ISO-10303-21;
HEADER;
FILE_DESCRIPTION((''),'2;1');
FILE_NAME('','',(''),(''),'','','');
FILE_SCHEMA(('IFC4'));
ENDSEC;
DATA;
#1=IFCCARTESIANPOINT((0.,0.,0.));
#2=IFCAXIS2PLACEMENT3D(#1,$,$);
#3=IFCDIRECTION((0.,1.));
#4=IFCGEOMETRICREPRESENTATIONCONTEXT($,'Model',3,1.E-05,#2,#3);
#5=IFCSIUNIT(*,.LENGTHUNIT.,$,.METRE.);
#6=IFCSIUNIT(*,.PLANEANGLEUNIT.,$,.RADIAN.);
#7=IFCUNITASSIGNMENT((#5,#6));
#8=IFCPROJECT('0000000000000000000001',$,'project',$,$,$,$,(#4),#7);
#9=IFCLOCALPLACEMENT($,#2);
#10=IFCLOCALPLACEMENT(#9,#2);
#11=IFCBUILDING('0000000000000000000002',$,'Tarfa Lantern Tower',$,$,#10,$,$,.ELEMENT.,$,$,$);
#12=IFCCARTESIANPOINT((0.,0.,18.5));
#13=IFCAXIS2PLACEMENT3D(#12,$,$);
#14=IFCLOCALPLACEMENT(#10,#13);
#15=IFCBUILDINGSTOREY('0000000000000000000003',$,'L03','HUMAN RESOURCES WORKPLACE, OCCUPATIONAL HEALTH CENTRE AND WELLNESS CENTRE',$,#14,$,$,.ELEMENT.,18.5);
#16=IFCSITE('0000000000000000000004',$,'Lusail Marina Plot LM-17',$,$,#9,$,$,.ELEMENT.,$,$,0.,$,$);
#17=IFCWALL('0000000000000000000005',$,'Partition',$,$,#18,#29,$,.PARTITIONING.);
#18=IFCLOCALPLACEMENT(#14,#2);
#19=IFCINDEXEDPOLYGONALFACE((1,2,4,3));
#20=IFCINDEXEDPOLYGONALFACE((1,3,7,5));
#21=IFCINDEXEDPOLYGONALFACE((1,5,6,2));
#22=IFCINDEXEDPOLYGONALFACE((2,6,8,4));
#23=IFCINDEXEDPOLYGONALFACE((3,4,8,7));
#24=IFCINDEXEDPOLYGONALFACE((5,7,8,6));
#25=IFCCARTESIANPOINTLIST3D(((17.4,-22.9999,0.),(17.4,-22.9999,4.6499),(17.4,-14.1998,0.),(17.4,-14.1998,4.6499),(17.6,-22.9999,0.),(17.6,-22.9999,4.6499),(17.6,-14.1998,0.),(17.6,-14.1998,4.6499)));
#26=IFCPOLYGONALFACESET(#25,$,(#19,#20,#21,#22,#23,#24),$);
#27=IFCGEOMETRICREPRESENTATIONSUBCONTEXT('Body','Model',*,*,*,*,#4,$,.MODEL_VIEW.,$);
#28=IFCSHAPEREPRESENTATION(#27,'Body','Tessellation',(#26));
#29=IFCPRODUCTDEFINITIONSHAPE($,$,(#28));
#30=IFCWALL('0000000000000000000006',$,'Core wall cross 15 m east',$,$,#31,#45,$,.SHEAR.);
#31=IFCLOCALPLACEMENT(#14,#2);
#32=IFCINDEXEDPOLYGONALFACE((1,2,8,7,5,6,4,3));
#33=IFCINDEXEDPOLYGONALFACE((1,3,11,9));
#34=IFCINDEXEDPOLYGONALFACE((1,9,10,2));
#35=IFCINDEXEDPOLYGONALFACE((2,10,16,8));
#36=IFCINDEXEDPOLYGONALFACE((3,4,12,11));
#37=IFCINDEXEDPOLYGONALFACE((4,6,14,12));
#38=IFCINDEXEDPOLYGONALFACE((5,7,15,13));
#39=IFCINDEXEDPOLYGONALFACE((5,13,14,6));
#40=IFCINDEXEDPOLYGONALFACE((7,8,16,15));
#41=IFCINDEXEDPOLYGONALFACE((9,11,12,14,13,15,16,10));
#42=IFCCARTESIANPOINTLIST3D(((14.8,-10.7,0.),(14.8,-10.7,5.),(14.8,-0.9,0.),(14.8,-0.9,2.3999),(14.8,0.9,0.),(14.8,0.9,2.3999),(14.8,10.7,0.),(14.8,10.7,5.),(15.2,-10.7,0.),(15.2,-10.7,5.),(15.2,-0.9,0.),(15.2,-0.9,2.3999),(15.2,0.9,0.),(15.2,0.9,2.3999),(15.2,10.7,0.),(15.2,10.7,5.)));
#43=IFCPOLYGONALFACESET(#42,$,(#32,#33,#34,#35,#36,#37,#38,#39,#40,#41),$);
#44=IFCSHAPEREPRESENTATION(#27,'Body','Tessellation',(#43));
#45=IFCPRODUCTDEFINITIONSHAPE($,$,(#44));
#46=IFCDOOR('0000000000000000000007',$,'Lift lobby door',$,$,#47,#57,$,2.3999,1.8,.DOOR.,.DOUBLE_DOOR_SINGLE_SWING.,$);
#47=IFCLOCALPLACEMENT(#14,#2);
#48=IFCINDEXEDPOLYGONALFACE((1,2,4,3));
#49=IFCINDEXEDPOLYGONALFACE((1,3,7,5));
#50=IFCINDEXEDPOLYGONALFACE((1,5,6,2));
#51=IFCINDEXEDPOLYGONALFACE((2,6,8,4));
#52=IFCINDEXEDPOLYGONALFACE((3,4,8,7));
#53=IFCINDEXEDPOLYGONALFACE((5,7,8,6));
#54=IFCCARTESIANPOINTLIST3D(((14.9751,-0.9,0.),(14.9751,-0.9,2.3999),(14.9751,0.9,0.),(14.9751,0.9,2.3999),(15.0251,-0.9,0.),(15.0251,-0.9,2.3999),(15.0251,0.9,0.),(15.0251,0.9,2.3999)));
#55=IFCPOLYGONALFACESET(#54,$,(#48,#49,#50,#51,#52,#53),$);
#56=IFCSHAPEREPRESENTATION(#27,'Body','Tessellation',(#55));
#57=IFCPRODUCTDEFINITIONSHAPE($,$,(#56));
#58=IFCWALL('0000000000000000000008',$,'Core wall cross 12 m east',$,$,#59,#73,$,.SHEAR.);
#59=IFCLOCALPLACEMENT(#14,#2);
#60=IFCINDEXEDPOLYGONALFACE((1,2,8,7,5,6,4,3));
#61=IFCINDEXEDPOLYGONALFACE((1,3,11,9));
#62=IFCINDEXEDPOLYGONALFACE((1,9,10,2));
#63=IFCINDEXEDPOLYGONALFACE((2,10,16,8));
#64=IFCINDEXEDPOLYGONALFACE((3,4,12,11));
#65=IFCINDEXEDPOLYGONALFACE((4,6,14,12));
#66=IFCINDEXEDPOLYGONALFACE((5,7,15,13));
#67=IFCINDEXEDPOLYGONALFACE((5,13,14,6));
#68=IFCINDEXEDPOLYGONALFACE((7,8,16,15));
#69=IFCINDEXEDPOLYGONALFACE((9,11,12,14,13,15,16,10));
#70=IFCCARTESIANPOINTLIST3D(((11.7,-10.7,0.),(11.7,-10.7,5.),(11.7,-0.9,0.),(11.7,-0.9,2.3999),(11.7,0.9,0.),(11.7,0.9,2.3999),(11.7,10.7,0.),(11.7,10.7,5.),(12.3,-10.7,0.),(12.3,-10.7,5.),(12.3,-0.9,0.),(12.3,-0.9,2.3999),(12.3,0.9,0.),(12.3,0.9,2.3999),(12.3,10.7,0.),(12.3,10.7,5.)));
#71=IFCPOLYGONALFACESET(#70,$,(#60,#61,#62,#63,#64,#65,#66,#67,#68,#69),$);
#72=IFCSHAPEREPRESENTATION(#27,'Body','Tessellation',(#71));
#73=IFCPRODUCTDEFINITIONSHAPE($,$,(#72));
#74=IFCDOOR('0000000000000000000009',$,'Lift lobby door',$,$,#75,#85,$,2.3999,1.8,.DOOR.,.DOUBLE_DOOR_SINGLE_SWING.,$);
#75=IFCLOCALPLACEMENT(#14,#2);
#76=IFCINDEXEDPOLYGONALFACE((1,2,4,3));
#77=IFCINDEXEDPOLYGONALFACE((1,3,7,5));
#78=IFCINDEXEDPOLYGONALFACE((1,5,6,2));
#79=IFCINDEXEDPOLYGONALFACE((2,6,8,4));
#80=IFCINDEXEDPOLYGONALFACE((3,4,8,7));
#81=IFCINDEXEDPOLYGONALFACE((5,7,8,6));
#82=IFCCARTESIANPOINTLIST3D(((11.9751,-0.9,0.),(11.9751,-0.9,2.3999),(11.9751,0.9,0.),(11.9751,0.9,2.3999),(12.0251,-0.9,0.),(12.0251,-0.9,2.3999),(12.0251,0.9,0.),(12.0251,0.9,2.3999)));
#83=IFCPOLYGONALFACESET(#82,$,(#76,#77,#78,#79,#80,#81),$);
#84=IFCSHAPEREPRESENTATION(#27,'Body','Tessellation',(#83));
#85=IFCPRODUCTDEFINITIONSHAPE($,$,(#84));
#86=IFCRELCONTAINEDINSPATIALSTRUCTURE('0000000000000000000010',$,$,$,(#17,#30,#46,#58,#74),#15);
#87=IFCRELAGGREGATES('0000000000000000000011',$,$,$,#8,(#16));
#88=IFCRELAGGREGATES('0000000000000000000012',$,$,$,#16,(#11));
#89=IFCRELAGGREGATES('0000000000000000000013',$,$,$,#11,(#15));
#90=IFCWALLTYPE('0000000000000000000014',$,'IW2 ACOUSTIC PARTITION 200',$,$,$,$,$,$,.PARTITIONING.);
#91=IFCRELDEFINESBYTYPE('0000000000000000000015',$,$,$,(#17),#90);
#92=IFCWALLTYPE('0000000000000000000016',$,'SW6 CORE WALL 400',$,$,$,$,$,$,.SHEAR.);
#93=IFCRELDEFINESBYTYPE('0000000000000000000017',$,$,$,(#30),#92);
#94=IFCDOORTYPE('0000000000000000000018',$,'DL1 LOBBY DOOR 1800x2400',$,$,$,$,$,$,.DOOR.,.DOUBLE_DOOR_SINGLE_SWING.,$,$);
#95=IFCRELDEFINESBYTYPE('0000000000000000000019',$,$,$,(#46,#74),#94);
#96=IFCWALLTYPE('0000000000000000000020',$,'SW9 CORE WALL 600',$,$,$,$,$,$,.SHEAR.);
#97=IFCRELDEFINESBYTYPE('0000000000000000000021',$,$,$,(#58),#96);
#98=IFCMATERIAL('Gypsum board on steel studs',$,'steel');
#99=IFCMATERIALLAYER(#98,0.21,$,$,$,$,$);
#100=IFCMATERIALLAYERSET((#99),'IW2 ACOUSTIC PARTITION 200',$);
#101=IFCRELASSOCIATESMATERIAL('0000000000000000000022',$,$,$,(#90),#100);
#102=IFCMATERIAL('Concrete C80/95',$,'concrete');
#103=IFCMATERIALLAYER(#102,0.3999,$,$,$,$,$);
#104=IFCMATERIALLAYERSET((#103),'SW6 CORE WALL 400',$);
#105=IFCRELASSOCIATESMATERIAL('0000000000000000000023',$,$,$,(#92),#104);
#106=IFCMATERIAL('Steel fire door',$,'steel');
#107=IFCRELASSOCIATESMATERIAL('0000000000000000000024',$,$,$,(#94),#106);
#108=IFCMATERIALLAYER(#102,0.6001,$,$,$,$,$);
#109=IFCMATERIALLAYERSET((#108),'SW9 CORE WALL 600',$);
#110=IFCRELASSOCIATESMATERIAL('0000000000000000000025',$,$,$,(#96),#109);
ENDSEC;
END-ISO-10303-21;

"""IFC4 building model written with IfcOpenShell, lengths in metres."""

from ifc_helpers import new_model, si_unit, direction, frame, frame_2d, origin, place, context, subcontext, project, spatial, rectangle, extrude, material, layer, layer_set, type_object, element, fill, save


model = new_model("IFC4")

# Units and contexts
model_context = context("Model", 3, precision=1e-05, world=origin(), true_north=direction((0.0, 1.0)))
body_context = subcontext(model_context, "Body", "Model", "MODEL_VIEW")
ifc_project = project(units=[si_unit("LENGTHUNIT", "METRE"), si_unit("PLANEANGLEUNIT", "RADIAN")], contexts=[model_context])

# Site, building, storey
site_placement = place(None, origin())
site = spatial("IfcSite", under=ifc_project, at=site_placement, Name="Lusail Marina Plot LM-17", CompositionType="ELEMENT", RefElevation=0.0)
building_placement = place(site_placement, origin())
building = spatial("IfcBuilding", under=site, at=building_placement, Name="Tarfa Lantern Tower", CompositionType="ELEMENT")
storey_placement = place(building_placement, frame((0.0, 0.0, 18.5)))
storey = spatial("IfcBuildingStorey", under=building, at=storey_placement, Name="L03", Description="HUMAN RESOURCES WORKPLACE, OCCUPATIONAL HEALTH CENTRE AND WELLNESS CENTRE", CompositionType="ELEMENT", Elevation=18.5)

# Wall
ifc_material_1 = material(Name="Gypsum board on steel studs", Category="steel")
ifc_layer_1 = layer(ifc_material_1, 0.21)
ifc_layer_set_1 = layer_set([ifc_layer_1], Name="IW2 ACOUSTIC PARTITION 200")
wall_type_1 = type_object("IfcWallType", Name="IW2 ACOUSTIC PARTITION 200", PredefinedType="PARTITIONING", material=ifc_layer_set_1)
wall_1_placement = place(storey_placement, frame((17.5, -14.2, 0.0), z_axis=(0.0, 0.0, 1.0), x_axis=(0.0, -1.0, 0.0)))
element("IfcWall", 1, at=wall_1_placement, inside=storey, type_object=wall_type_1, Name="Partition", PredefinedType="PARTITIONING", context=body_context, shape_type="SweptSolid", body=[
    extrude(rectangle(XDim=8.8, YDim=0.2, at=frame_2d((4.3999, 0.0))), origin(), (0.0, 0.0, 1.0), 4.6499),
])

# Walls, openings, doors
ifc_material_2 = material(Name="Concrete C80/95", Category="concrete")
ifc_layer_2 = layer(ifc_material_2, 0.3999)
ifc_layer_set_2 = layer_set([ifc_layer_2], Name="SW6 CORE WALL 400")
wall_type_2 = type_object("IfcWallType", Name="SW6 CORE WALL 400", PredefinedType="SHEAR", material=ifc_layer_set_2)
wall_2_placement = place(storey_placement, frame((15.0, -10.7, 0.0), z_axis=(0.0, 0.0, 1.0), x_axis=(0.0, 1.0, 0.0)))
wall_2 = element("IfcWall", 2, at=wall_2_placement, inside=storey, type_object=wall_type_2, Name="Core wall cross 15 m east", PredefinedType="SHEAR", context=body_context, shape_type="SweptSolid", body=[
    extrude(rectangle(XDim=21.3999, YDim=0.3999, at=frame_2d((10.7, 0.0))), origin(), (0.0, 0.0, 1.0), 5.0),
])
opening_1_placement = place(wall_2_placement, frame((9.8, 0.0, 0.0)))
opening_1 = element("IfcOpeningElement", 3, at=opening_1_placement, cuts=wall_2, PredefinedType="OPENING", context=body_context, shape_type="SweptSolid", body=[
    extrude(rectangle(XDim=1.8, YDim=2.3999, at=frame_2d((0.8999, 1.2))), frame((0.0, 0.21, 0.0), z_axis=(0.0, -1.0, 0.0), x_axis=(1.0, 0.0, 0.0)), (0.0, 0.0, 1.0), 0.4199),
])
ifc_material_3 = material(Name="Steel fire door", Category="steel")
door_type = type_object("IfcDoorType", Name="DL1 LOBBY DOOR 1800x2400", OperationType="DOUBLE_DOOR_SINGLE_SWING", PredefinedType="DOOR", material=ifc_material_3)
door_1_placement = place(opening_1_placement, origin())
door_1 = element("IfcDoor", 4, at=door_1_placement, inside=storey, type_object=door_type, Name="Lift lobby door", OperationType="DOUBLE_DOOR_SINGLE_SWING", OverallHeight=2.3999, OverallWidth=1.8, PredefinedType="DOOR", context=body_context, shape_type="SweptSolid", body=[
    extrude(rectangle(XDim=1.8, YDim=2.3999, at=frame_2d((0.8999, 1.2))), frame((0.0, 0.0249, 0.0), z_axis=(0.0, -1.0, 0.0), x_axis=(1.0, 0.0, 0.0)), (0.0, 0.0, 1.0), 0.05),
])
fill(opening_1, door_1)
ifc_layer_3 = layer(ifc_material_2, 0.6001)
ifc_layer_set_3 = layer_set([ifc_layer_3], Name="SW9 CORE WALL 600")
wall_type_3 = type_object("IfcWallType", Name="SW9 CORE WALL 600", PredefinedType="SHEAR", material=ifc_layer_set_3)
wall_3_placement = place(storey_placement, frame((12.0, -10.7, 0.0), z_axis=(0.0, 0.0, 1.0), x_axis=(0.0, 1.0, 0.0)))
wall_3 = element("IfcWall", 5, at=wall_3_placement, inside=storey, type_object=wall_type_3, Name="Core wall cross 12 m east", PredefinedType="SHEAR", context=body_context, shape_type="SweptSolid", body=[
    extrude(rectangle(XDim=21.3999, YDim=0.6001, at=frame_2d((10.7, 0.0))), origin(), (0.0, 0.0, 1.0), 5.0),
])
opening_2_placement = place(wall_3_placement, frame((9.8, 0.0, 0.0)))
opening_2 = element("IfcOpeningElement", 6, at=opening_2_placement, cuts=wall_3, PredefinedType="OPENING", context=body_context, shape_type="SweptSolid", body=[
    extrude(rectangle(XDim=1.8, YDim=2.3999, at=frame_2d((0.8999, 1.2))), frame((0.0, 0.3101, 0.0), z_axis=(0.0, -1.0, 0.0), x_axis=(1.0, 0.0, 0.0)), (0.0, 0.0, 1.0), 0.6201),
])
door_2_placement = place(opening_2_placement, origin())
door_2 = element("IfcDoor", 7, at=door_2_placement, inside=storey, type_object=door_type, Name="Lift lobby door", OperationType="DOUBLE_DOOR_SINGLE_SWING", OverallHeight=2.3999, OverallWidth=1.8, PredefinedType="DOOR", context=body_context, shape_type="SweptSolid", body=[
    extrude(rectangle(XDim=1.8, YDim=2.3999, at=frame_2d((0.8999, 1.2))), frame((0.0, 0.0249, 0.0), z_axis=(0.0, -1.0, 0.0), x_axis=(1.0, 0.0, 0.0)), (0.0, 0.0, 1.0), 0.05),
])
fill(opening_2, door_2)

save(model, "model.ifc")
